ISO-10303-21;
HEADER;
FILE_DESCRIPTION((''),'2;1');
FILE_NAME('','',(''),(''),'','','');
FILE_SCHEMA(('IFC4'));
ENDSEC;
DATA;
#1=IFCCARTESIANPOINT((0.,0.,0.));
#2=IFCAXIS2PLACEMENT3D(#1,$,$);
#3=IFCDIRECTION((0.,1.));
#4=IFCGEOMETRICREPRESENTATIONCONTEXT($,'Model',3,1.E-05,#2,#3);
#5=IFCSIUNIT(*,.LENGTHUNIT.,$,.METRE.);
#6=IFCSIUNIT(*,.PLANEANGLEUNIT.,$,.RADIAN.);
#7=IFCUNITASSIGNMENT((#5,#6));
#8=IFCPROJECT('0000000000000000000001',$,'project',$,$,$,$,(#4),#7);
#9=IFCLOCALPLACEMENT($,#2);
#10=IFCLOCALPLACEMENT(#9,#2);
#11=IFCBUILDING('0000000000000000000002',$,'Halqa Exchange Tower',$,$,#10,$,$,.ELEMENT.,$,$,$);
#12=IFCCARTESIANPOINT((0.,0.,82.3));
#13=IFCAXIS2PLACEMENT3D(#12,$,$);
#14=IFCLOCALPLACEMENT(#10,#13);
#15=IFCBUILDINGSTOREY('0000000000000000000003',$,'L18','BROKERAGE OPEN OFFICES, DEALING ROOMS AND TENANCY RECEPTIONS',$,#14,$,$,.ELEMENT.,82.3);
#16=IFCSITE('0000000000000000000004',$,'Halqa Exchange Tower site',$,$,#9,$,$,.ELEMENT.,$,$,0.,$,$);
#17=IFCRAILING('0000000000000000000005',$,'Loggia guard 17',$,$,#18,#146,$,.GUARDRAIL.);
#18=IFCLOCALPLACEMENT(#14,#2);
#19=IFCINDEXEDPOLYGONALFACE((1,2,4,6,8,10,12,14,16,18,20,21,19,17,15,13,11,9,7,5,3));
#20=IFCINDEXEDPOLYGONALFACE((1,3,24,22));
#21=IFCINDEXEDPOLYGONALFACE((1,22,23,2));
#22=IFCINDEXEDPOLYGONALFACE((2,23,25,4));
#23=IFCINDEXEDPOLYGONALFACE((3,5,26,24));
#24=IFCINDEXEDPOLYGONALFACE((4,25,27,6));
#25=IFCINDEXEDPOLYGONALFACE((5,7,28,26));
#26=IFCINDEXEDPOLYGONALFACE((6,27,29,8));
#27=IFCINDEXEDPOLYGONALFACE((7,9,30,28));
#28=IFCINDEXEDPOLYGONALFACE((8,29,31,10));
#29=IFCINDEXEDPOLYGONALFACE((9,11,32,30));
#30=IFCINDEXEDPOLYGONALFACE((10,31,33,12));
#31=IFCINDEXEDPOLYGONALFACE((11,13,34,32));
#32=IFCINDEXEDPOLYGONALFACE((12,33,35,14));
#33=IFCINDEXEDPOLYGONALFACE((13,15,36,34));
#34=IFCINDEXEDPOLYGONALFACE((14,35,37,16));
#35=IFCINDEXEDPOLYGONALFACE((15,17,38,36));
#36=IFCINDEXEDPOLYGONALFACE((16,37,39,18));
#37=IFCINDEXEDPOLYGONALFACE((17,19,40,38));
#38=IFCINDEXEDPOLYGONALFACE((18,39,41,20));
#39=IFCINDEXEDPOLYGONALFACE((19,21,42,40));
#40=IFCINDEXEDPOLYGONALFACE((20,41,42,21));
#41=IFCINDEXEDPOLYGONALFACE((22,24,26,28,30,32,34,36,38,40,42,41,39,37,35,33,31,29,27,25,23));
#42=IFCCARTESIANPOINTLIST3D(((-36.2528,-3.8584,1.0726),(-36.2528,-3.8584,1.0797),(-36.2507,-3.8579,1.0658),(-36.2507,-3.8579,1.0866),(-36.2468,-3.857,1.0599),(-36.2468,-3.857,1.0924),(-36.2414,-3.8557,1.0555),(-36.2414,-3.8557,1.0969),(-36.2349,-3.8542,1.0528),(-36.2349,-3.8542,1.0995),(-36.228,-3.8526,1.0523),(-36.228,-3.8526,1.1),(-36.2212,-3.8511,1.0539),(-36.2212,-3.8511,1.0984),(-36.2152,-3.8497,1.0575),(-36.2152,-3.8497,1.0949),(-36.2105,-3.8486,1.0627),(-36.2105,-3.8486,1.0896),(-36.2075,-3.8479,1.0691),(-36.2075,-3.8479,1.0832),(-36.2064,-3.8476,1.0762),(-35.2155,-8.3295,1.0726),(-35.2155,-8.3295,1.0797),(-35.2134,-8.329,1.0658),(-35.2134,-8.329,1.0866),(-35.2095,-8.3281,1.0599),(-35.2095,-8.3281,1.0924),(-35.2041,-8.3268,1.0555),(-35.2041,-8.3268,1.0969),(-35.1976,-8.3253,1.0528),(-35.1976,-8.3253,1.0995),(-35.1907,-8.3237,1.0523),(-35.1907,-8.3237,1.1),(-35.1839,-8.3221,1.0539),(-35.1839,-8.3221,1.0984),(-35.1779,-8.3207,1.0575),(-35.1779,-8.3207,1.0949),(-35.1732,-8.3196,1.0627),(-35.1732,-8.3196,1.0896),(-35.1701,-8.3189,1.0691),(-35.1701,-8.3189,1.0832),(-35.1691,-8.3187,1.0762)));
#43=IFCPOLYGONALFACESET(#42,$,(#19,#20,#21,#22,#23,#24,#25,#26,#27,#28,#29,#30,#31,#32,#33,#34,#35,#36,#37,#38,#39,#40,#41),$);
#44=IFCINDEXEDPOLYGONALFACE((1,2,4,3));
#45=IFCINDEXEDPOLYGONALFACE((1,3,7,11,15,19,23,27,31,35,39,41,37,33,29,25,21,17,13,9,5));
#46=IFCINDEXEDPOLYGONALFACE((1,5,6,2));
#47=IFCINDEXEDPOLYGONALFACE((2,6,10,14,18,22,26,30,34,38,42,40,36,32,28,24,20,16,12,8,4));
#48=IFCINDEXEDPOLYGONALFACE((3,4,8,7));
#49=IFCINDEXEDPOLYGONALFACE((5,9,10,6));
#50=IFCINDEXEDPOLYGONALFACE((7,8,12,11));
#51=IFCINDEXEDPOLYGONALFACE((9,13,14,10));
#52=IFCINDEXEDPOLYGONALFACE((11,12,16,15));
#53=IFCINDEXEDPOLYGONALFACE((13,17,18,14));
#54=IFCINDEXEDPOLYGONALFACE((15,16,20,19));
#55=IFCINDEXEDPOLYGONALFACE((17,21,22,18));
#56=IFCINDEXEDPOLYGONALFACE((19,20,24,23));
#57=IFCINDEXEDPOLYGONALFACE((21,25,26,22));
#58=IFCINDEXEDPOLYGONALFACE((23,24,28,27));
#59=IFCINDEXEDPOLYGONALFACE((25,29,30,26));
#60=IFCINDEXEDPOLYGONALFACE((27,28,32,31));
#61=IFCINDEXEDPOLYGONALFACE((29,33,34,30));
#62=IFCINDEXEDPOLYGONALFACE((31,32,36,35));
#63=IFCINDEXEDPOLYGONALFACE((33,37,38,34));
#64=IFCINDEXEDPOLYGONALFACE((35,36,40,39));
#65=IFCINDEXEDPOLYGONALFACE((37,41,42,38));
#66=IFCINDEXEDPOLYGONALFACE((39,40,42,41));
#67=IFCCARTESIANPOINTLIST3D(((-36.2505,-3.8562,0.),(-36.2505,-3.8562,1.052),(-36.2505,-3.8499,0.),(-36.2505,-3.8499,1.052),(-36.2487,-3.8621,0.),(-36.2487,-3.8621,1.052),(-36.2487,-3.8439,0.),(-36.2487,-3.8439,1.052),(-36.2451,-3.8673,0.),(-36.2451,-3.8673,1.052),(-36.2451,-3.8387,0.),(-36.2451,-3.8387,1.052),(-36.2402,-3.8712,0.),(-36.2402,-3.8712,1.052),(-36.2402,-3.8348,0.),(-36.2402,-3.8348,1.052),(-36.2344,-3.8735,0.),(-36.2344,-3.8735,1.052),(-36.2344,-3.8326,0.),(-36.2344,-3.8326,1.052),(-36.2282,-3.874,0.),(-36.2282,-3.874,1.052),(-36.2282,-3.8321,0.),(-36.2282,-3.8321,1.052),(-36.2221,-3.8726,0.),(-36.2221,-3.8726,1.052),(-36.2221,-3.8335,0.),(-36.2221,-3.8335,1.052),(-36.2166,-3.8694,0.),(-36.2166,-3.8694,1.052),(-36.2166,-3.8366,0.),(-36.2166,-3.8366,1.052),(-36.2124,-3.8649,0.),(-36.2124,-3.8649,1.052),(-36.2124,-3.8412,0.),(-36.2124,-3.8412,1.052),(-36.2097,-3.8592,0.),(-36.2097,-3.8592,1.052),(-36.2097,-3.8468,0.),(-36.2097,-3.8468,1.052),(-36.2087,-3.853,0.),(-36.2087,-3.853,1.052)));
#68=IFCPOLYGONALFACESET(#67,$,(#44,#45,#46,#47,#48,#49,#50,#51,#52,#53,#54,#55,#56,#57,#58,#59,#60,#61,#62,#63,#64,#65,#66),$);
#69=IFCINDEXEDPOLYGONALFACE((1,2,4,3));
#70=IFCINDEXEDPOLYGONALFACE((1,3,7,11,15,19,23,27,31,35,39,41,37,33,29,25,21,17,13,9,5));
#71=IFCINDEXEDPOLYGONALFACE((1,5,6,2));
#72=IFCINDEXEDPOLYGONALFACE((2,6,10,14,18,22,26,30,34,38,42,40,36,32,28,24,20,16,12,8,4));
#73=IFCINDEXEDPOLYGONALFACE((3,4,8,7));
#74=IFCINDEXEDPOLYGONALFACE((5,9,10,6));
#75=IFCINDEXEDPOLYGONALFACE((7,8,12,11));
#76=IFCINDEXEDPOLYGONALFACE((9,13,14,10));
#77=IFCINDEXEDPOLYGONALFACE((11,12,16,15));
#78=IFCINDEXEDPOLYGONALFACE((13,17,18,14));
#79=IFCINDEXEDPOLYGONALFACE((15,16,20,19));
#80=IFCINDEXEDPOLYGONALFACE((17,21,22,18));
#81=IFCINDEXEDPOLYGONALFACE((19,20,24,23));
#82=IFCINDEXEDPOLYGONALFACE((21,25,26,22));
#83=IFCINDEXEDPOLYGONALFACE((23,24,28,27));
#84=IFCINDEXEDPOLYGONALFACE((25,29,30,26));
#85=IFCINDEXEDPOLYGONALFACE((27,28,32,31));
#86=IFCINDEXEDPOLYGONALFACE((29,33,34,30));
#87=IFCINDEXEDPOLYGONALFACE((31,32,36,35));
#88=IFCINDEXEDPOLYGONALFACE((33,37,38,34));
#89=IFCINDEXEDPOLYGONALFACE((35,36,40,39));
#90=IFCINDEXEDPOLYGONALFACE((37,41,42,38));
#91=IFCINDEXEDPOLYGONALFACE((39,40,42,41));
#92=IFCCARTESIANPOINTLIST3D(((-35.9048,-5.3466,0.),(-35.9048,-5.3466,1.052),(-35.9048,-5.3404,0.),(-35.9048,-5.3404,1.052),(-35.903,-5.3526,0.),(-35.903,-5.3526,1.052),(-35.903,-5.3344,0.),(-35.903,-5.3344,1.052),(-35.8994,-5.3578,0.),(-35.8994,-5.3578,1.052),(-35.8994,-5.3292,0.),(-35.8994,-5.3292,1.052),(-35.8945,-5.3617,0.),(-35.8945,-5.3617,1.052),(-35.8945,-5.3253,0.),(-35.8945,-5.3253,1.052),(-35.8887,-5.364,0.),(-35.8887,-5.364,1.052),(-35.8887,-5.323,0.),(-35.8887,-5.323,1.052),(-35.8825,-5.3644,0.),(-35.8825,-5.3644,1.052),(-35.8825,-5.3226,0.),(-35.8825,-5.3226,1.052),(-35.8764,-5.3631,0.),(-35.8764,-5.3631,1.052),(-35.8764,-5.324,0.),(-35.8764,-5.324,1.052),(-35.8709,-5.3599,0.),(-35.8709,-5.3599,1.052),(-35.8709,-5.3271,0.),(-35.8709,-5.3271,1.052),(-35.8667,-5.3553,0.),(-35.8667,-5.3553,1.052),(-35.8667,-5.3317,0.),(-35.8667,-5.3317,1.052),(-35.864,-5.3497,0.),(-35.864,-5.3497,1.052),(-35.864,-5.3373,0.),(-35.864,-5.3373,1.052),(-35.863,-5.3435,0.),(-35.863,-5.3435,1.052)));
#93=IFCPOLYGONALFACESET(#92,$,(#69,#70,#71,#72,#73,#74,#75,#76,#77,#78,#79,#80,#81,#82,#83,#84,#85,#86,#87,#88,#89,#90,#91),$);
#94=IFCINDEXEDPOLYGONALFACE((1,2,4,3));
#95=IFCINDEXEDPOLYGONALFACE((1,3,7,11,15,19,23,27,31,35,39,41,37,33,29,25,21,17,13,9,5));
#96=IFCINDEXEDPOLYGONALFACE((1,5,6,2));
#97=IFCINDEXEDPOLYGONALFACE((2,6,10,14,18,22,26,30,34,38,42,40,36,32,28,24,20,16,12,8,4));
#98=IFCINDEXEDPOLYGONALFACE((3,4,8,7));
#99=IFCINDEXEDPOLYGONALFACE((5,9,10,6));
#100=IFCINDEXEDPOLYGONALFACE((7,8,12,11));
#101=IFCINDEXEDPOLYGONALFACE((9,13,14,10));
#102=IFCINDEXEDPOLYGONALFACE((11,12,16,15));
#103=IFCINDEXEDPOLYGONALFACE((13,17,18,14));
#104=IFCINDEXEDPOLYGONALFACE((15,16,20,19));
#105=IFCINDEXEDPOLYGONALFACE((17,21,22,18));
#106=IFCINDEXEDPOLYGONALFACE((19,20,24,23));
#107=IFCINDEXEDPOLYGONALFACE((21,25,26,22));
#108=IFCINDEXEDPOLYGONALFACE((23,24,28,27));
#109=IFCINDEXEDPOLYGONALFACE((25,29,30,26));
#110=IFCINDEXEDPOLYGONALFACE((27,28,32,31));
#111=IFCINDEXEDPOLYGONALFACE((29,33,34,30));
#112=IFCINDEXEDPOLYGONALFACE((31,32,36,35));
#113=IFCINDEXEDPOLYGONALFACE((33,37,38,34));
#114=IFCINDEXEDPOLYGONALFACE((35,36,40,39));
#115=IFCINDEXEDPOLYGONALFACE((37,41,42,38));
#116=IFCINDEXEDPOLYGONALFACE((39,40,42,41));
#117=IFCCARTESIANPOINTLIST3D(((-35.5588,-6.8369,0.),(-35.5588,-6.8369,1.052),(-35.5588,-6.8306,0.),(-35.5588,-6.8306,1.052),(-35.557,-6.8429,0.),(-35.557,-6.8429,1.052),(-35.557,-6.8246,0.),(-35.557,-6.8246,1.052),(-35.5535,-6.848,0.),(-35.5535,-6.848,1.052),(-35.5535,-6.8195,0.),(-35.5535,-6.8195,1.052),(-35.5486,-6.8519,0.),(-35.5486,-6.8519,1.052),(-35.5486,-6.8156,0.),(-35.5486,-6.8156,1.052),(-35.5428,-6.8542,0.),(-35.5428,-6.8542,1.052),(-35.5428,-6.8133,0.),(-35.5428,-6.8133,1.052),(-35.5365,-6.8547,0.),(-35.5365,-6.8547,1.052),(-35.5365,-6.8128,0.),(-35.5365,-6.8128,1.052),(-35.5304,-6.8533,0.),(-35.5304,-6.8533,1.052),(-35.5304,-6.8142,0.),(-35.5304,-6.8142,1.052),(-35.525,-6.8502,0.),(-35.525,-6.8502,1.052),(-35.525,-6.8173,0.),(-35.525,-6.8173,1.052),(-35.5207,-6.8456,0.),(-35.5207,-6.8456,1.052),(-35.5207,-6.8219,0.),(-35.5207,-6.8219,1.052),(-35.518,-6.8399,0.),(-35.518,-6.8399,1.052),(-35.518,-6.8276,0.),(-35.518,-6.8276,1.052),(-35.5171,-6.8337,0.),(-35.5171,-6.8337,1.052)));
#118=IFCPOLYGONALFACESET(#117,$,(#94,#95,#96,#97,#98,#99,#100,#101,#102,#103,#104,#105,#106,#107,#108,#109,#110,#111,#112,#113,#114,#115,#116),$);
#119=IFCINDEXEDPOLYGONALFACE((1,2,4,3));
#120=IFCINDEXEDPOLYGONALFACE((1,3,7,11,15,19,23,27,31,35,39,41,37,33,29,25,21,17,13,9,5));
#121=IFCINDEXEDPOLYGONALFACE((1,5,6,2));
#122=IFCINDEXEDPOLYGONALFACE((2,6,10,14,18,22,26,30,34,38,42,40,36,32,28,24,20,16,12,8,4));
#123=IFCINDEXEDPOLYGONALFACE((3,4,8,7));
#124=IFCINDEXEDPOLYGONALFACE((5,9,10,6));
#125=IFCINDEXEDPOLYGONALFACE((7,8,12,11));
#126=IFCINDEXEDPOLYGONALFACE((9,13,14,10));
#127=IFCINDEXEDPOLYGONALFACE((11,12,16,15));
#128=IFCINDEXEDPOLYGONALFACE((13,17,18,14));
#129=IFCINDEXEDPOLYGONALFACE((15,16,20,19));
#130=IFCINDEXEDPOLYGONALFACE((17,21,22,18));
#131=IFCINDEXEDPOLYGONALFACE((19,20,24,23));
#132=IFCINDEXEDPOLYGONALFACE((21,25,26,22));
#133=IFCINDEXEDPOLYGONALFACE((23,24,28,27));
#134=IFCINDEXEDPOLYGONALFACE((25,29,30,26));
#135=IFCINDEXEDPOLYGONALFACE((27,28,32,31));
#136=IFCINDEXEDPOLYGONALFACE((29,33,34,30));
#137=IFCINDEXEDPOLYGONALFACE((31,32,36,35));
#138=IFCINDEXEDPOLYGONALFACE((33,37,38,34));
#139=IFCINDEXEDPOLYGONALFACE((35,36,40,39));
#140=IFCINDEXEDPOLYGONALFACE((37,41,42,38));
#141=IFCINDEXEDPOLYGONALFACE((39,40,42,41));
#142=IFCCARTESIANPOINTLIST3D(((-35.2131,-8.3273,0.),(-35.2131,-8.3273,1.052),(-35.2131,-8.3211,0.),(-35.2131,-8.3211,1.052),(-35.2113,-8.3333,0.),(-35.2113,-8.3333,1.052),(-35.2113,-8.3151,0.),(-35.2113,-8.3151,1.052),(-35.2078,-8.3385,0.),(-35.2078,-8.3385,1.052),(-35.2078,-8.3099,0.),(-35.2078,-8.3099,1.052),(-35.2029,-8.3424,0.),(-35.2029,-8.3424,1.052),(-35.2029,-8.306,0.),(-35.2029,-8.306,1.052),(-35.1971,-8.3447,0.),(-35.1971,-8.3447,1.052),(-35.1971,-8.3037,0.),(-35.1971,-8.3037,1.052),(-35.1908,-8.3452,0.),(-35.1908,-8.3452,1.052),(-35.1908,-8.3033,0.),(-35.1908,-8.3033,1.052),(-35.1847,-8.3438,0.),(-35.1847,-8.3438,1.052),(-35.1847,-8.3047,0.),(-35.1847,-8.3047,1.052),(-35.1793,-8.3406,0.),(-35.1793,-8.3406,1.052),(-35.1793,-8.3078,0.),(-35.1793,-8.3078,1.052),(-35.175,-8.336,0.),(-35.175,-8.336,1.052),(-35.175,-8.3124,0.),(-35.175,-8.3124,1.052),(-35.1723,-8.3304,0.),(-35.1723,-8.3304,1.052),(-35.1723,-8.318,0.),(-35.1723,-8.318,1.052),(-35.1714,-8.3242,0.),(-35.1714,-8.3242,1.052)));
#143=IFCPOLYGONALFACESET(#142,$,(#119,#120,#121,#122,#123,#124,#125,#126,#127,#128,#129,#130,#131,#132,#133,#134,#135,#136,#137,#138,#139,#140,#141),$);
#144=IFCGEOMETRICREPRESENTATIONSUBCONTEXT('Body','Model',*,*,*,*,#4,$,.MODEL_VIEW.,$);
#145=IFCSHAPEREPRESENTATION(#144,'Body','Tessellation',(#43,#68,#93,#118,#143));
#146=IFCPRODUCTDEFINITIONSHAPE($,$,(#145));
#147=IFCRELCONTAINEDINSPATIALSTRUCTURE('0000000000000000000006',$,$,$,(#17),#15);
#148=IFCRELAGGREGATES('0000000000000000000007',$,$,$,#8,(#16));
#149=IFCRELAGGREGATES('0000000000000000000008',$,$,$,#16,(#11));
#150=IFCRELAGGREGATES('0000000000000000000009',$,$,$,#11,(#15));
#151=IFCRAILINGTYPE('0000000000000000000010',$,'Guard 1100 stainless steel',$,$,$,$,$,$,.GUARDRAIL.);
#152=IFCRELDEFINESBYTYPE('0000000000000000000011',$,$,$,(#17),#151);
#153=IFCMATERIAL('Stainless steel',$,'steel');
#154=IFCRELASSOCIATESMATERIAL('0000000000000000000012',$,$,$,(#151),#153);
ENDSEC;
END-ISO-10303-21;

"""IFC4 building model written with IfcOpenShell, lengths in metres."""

from ifc_helpers import new_model, si_unit, direction, frame, origin, origin_2d, place, context, subcontext, project, spatial, circle, extrude, material, type_object, element, save


model = new_model("IFC4")

# Units and contexts
model_context = context("Model", 3, precision=1e-05, world=origin(), true_north=direction((0.0, 1.0)))
body_context = subcontext(model_context, "Body", "Model", "MODEL_VIEW")
ifc_project = project(units=[si_unit("LENGTHUNIT", "METRE"), si_unit("PLANEANGLEUNIT", "RADIAN")], contexts=[model_context])

# Site, building, storey
site_placement = place(None, origin())
site = spatial("IfcSite", under=ifc_project, at=site_placement, Name="Halqa Exchange Tower site", CompositionType="ELEMENT", RefElevation=0.0)
building_placement = place(site_placement, origin())
building = spatial("IfcBuilding", under=site, at=building_placement, Name="Halqa Exchange Tower", CompositionType="ELEMENT")
storey_placement = place(building_placement, frame((0.0, 0.0, 82.3)))
storey = spatial("IfcBuildingStorey", under=building, at=storey_placement, Name="L18", Description="BROKERAGE OPEN OFFICES, DEALING ROOMS AND TENANCY RECEPTIONS", CompositionType="ELEMENT", Elevation=82.3)

# Railing
ifc_material_1 = material(Name="Stainless steel", Category="steel")
railing_type = type_object("IfcRailingType", Name="Guard 1100 stainless steel", PredefinedType="GUARDRAIL", material=ifc_material_1)
railing_1_placement = place(storey_placement, frame((-36.2297, -3.853, 0.0)))
element("IfcRailing", 1, at=railing_1_placement, inside=storey, type_object=railing_type, Name="Loggia guard 17", PredefinedType="GUARDRAIL", context=body_context, shape_type="SweptSolid", body=[
    extrude(circle(Radius=0.0239, at=origin_2d()), frame((0.0, 0.0, 1.0762), z_axis=(0.226005, -0.974126, 0.0), x_axis=(0.974126, 0.226005, 0.0)), (0.0, 0.0, 1.0), 4.5898),
    extrude(circle(Radius=0.021, at=origin_2d()), origin(), (0.0, 0.0, 1.0), 1.052),
    extrude(circle(Radius=0.021, at=origin_2d()), frame((0.3457, -1.4905, 0.0)), (0.0, 0.0, 1.0), 1.052),
    extrude(circle(Radius=0.021, at=origin_2d()), frame((0.6917, -2.9807, 0.0)), (0.0, 0.0, 1.0), 1.052),
    extrude(circle(Radius=0.021, at=origin_2d()), frame((1.0374, -4.4712, 0.0)), (0.0, 0.0, 1.0), 1.052),
])

save(model, "model.ifc")
